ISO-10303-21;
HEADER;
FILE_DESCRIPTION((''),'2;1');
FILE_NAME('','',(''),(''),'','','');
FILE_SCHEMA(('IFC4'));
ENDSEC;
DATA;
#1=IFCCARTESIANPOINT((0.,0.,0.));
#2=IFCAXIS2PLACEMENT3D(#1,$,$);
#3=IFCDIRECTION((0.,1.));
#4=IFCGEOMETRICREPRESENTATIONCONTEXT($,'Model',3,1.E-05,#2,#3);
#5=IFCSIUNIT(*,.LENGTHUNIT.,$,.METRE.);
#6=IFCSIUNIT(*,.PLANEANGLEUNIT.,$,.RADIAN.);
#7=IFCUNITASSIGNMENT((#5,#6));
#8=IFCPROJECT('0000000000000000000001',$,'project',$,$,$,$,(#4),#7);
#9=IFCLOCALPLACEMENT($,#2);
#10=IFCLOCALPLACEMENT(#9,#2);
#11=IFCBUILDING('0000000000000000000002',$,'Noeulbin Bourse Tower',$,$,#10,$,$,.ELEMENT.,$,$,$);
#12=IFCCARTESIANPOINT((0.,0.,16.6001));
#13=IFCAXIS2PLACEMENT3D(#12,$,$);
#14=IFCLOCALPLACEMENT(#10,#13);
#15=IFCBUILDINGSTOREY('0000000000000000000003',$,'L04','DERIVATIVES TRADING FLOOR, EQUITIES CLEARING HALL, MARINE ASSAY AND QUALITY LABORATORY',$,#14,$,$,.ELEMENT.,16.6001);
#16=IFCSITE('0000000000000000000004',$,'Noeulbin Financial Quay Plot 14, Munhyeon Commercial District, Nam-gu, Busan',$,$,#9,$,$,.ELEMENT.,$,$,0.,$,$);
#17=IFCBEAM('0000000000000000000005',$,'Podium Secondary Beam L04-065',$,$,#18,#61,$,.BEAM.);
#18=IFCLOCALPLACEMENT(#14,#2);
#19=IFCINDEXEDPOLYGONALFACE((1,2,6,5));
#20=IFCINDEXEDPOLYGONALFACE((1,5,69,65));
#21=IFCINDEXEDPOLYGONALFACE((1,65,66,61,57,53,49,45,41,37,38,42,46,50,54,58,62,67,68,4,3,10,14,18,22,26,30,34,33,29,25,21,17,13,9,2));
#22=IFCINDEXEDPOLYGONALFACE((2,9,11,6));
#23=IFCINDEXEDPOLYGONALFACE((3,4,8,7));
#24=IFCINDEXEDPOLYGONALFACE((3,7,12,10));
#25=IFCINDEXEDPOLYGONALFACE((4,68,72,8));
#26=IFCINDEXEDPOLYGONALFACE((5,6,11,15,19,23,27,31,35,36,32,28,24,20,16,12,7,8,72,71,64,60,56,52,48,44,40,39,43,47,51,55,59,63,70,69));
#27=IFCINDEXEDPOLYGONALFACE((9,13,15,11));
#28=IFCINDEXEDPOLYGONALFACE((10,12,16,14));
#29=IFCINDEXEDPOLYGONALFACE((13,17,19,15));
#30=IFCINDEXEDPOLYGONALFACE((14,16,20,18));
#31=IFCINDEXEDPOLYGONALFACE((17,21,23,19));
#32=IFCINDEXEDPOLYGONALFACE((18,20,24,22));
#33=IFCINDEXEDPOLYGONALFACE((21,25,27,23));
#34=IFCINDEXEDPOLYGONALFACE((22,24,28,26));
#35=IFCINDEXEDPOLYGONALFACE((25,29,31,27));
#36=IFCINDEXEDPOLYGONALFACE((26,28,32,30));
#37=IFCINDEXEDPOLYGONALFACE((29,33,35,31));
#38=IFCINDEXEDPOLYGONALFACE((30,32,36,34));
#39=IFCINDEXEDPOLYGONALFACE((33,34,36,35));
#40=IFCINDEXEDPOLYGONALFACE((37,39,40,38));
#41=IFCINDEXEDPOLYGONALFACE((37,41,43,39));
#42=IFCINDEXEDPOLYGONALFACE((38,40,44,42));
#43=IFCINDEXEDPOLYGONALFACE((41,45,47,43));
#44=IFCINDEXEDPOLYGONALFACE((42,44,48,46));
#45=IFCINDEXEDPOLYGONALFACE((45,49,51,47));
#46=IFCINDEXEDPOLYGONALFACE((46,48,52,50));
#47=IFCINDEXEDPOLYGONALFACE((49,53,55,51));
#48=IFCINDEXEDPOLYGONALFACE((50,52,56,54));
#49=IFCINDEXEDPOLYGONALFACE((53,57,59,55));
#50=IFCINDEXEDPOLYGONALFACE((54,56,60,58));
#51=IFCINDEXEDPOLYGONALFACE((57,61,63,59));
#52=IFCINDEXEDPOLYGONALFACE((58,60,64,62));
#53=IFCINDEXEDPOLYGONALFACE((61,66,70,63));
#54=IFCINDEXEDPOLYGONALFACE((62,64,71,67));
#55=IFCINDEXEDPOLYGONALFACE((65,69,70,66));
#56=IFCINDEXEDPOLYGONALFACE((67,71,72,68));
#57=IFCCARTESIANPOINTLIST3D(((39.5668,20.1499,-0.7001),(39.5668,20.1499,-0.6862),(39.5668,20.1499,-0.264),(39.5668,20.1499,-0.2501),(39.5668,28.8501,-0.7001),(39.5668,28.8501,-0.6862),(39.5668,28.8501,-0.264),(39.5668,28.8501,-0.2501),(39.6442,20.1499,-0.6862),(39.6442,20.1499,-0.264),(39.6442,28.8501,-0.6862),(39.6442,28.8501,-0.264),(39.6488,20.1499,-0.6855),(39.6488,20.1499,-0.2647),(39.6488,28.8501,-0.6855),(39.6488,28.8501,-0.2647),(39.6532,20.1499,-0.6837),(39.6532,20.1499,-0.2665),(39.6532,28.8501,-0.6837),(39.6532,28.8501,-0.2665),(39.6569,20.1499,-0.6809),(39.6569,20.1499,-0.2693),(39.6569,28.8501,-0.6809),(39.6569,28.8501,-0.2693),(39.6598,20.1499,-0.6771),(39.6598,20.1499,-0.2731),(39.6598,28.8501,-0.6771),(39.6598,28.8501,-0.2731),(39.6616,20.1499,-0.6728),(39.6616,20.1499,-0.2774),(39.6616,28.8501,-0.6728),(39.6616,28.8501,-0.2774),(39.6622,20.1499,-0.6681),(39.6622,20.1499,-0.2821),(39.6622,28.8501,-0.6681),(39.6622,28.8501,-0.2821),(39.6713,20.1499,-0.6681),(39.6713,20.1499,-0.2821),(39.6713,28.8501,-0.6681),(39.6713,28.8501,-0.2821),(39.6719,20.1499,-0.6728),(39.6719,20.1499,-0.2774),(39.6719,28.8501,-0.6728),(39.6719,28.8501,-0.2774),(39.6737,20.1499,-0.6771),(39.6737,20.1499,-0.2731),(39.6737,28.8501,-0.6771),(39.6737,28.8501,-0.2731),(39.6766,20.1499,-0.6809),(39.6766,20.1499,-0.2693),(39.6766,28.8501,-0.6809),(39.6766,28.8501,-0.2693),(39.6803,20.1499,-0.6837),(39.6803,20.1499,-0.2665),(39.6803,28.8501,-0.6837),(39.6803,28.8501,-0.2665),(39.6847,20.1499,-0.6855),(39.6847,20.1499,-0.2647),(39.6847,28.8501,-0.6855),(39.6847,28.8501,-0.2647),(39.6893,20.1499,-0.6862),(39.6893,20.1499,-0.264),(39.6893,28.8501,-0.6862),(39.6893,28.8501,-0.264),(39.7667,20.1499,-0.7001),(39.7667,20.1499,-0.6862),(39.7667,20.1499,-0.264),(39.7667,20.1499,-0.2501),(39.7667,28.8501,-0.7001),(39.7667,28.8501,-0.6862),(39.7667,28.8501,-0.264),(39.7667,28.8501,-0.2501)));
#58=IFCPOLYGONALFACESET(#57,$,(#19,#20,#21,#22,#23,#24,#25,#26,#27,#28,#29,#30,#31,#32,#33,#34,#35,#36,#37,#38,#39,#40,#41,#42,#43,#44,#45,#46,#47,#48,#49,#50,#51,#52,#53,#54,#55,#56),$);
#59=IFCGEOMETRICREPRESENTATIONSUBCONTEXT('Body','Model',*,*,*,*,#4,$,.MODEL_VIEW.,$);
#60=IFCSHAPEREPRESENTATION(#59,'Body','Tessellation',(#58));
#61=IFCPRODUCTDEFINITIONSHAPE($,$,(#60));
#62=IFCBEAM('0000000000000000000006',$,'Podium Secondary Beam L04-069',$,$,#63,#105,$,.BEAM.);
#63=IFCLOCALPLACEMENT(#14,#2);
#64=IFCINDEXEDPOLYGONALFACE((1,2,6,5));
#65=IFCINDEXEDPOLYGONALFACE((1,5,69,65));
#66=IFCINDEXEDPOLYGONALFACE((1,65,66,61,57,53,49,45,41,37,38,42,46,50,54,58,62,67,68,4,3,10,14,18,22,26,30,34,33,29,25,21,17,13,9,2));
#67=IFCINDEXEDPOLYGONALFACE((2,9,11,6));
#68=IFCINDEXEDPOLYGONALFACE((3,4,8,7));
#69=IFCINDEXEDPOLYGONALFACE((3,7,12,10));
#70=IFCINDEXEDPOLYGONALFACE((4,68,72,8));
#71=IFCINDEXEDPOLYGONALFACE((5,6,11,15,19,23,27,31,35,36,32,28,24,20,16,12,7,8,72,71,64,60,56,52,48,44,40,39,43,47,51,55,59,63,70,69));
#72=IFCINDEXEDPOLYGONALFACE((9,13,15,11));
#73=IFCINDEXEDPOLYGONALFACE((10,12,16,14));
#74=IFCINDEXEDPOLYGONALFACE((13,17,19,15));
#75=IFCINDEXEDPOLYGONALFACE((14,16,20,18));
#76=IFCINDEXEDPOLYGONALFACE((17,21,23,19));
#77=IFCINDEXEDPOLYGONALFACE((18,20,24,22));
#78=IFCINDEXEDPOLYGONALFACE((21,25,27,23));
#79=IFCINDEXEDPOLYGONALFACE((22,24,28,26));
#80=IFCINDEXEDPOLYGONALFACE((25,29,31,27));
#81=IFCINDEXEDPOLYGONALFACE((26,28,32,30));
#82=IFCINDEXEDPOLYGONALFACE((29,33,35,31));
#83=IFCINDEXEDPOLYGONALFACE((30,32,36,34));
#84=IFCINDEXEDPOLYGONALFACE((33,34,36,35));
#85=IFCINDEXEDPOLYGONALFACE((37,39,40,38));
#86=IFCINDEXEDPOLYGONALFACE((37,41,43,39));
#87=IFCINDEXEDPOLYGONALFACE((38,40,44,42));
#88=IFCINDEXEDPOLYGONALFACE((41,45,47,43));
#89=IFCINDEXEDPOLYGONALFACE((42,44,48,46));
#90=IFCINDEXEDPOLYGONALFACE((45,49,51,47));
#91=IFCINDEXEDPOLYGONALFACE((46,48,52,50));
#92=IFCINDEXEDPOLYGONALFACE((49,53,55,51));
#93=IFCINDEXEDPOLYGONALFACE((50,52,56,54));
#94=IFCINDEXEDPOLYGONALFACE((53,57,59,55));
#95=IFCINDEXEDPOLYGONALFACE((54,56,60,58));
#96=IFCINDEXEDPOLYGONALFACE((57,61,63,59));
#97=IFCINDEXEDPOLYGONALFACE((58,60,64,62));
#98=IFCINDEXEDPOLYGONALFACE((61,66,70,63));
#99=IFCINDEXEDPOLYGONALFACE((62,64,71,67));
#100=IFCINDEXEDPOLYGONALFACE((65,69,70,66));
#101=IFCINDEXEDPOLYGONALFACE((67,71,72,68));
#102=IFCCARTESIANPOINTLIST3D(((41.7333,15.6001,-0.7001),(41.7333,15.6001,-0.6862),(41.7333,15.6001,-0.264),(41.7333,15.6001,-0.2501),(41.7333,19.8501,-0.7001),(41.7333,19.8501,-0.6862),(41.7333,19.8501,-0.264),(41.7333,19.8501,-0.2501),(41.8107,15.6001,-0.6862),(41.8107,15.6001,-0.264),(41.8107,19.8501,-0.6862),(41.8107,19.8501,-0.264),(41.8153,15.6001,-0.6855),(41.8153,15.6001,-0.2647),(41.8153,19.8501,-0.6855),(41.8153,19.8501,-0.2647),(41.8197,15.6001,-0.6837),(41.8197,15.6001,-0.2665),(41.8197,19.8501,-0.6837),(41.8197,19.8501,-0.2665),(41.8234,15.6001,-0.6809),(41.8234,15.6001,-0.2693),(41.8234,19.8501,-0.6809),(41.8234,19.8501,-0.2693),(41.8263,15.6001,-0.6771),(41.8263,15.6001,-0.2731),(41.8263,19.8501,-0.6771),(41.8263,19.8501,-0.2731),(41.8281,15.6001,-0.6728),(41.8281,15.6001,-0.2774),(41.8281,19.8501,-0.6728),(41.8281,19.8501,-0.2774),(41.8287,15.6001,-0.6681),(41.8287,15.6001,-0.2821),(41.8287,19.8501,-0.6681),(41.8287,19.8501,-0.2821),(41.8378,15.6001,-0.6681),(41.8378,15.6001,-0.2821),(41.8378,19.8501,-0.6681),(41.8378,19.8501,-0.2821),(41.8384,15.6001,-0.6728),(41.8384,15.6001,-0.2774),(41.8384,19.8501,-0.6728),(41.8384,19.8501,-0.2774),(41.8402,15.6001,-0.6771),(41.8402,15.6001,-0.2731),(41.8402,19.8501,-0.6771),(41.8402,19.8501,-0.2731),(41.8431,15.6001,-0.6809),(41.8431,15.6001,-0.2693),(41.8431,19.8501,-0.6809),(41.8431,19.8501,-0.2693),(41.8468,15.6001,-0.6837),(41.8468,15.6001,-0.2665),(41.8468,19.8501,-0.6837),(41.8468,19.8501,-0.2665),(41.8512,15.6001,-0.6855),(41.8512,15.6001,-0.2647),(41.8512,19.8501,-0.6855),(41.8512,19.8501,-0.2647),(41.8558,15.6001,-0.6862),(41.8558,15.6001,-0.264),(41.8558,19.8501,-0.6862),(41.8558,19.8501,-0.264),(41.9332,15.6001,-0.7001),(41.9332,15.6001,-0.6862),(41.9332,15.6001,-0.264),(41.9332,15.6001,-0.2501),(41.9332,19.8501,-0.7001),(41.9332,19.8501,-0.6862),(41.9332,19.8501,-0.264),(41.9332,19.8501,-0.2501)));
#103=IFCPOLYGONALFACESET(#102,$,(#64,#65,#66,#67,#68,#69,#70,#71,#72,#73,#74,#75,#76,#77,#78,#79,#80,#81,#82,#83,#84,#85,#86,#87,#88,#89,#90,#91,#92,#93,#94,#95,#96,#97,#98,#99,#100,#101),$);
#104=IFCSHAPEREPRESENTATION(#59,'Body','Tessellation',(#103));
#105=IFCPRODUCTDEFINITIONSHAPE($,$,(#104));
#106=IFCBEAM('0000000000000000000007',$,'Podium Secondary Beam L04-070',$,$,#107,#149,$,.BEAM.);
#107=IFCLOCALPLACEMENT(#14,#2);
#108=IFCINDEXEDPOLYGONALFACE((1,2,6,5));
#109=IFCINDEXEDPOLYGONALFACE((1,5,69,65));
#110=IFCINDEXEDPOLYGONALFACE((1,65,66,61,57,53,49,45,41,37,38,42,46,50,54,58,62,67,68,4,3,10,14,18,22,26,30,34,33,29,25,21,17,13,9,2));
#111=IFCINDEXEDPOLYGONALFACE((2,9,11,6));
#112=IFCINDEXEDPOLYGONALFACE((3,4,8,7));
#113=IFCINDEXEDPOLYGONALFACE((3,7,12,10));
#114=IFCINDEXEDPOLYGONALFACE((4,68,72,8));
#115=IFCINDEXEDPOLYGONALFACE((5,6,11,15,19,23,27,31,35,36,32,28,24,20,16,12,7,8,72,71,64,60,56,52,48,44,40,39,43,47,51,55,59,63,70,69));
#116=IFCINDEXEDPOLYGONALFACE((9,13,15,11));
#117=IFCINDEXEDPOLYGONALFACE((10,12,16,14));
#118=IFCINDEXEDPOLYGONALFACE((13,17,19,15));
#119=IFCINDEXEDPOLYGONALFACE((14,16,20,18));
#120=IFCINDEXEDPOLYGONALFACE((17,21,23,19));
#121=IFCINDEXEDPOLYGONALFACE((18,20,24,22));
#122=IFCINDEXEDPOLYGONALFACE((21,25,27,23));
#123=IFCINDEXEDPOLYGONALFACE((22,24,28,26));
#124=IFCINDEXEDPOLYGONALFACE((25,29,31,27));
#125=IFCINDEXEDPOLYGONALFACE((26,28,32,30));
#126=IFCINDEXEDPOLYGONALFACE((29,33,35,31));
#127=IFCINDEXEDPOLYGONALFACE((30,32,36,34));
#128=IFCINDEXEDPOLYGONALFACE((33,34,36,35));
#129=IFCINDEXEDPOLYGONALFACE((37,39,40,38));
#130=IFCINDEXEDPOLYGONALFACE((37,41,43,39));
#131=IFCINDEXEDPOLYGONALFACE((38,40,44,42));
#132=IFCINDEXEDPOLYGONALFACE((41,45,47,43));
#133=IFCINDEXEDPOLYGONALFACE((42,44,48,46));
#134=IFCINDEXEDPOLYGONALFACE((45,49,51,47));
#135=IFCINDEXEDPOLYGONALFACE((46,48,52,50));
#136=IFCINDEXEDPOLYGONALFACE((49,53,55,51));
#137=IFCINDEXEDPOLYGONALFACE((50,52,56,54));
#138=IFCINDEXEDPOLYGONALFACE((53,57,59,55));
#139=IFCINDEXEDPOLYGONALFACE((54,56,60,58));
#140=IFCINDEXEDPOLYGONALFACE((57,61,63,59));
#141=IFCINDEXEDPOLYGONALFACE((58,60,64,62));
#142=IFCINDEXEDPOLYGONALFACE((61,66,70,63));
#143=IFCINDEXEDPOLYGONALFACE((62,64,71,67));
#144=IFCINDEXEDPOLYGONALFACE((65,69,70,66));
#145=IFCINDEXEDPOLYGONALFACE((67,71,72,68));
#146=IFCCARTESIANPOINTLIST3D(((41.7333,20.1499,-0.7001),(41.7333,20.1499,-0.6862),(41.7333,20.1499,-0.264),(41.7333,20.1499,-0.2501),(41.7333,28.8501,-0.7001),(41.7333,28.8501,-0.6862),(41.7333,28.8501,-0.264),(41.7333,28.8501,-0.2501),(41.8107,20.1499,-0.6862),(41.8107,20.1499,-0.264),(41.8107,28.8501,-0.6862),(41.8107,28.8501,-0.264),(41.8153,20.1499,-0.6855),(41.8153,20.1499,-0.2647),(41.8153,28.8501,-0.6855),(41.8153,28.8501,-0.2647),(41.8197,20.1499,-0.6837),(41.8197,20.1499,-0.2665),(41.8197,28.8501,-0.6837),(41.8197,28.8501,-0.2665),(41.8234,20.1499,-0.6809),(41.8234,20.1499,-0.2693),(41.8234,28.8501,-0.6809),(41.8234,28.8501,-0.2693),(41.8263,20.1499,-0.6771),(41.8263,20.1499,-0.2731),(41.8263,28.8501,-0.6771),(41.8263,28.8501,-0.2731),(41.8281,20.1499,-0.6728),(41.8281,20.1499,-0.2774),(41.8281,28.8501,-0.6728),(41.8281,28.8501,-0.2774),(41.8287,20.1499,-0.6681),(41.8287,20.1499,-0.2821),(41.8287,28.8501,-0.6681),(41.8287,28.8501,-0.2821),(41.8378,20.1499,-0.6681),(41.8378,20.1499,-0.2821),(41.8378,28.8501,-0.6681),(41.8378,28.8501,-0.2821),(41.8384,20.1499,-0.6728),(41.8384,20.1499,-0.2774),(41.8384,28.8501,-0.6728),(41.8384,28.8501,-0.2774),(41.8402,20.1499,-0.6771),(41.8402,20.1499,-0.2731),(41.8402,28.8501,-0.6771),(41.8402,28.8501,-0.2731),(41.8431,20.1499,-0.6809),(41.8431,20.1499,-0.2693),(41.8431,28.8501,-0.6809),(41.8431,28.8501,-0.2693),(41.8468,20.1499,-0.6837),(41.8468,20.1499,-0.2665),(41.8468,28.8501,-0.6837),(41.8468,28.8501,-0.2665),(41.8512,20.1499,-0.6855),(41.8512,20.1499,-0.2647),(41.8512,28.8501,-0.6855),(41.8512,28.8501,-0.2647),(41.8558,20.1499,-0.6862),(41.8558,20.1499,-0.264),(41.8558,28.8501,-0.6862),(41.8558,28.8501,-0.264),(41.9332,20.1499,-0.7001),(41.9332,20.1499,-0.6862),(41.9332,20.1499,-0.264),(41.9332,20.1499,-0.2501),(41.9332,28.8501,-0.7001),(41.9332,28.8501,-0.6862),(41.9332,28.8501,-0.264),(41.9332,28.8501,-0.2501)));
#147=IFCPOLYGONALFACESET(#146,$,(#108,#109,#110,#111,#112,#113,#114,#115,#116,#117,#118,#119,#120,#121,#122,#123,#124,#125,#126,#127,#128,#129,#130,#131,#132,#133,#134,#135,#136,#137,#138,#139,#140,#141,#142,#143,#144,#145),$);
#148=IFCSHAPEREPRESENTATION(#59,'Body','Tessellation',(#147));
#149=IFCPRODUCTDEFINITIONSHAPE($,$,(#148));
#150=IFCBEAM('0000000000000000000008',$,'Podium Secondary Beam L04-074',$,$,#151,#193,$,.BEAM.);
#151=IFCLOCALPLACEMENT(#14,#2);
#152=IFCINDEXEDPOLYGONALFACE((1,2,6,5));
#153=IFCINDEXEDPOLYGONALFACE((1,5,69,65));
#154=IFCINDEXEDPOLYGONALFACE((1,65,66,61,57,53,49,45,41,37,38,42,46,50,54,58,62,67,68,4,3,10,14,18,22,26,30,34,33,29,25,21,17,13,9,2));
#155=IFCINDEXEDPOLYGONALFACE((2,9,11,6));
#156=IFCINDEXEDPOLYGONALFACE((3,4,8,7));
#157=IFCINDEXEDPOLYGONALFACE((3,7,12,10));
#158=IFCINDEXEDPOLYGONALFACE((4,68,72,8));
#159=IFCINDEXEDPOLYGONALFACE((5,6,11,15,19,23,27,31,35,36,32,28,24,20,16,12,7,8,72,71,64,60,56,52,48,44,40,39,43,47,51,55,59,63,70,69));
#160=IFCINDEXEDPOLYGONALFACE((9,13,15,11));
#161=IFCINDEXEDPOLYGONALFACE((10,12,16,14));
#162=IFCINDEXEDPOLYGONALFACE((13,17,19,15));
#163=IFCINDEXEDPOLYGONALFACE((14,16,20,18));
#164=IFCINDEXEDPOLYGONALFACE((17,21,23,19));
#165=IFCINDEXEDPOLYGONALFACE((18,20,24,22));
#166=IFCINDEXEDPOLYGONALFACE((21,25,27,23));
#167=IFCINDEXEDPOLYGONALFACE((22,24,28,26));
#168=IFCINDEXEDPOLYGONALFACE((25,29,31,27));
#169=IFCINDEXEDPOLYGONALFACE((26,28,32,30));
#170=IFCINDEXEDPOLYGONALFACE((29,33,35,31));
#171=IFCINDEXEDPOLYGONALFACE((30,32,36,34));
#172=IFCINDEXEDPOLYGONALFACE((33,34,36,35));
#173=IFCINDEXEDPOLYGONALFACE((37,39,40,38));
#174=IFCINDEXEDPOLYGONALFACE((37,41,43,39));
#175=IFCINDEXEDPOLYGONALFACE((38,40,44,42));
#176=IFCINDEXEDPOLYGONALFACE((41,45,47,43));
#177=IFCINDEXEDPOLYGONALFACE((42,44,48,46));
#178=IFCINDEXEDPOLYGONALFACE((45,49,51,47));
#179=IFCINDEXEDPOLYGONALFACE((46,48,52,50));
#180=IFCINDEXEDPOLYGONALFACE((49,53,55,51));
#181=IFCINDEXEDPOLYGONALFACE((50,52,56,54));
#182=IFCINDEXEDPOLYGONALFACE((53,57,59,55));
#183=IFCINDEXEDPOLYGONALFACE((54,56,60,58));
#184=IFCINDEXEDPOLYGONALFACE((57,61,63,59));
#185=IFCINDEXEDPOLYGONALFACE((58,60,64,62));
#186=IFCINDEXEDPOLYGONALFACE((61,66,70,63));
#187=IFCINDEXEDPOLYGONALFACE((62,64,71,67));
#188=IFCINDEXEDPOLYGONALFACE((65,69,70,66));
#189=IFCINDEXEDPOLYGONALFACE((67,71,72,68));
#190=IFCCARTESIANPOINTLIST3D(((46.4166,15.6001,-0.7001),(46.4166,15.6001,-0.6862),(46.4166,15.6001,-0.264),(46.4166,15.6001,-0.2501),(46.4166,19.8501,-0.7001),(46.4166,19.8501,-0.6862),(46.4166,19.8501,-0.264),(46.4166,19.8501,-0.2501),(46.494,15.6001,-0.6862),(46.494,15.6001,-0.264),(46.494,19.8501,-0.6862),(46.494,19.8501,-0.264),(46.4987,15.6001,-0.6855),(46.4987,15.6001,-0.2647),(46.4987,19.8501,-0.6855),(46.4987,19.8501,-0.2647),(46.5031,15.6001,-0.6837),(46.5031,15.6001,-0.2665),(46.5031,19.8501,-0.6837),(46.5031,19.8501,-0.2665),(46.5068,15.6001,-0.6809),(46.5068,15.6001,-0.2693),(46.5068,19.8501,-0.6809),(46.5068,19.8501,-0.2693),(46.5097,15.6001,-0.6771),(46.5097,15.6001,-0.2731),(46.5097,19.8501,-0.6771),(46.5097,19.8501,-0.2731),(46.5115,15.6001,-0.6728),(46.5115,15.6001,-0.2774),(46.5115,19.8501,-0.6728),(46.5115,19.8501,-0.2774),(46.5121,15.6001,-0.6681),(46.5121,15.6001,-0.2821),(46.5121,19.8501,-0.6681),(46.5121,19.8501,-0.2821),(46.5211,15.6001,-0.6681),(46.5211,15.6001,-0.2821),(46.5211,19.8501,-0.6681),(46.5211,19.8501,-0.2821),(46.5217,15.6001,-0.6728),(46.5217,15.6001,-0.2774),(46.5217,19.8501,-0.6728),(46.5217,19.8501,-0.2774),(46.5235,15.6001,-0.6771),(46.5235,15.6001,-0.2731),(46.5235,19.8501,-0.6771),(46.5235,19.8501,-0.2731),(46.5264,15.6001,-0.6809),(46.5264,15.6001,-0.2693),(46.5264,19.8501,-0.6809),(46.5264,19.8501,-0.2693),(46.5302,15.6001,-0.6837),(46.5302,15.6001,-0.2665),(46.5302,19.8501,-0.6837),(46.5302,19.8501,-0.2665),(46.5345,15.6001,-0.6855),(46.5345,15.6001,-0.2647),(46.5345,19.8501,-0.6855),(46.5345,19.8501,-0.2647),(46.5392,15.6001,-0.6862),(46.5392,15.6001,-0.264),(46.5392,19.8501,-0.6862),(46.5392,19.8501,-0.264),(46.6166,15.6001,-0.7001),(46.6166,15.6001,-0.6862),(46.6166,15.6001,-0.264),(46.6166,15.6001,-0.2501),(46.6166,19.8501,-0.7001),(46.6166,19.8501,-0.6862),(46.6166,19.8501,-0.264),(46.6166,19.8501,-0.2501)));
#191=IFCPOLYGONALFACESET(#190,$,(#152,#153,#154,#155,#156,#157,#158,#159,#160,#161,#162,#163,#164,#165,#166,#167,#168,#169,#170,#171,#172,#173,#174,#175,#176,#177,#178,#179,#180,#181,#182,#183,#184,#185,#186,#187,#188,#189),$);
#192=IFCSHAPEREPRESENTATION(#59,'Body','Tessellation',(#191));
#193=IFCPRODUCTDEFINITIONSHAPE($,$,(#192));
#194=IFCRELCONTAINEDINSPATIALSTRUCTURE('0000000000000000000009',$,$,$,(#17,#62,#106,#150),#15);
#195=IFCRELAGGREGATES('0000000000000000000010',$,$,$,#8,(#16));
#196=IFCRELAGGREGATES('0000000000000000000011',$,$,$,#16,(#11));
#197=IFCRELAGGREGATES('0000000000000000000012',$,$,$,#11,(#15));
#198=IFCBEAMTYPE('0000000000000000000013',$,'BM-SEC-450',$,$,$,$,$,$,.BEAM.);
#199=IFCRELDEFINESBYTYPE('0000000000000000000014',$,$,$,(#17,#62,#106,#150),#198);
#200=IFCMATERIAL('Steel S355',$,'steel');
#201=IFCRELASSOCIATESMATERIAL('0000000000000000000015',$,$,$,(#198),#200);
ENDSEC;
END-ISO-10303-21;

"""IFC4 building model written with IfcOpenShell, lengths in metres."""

from ifc_helpers import new_model, si_unit, direction, frame, origin, origin_2d, place, context, subcontext, project, spatial, i_section, extrude, material, material_profile, profile_set, type_object, element, save


model = new_model("IFC4")

# Units and contexts
model_context = context("Model", 3, precision=1e-05, world=origin(), true_north=direction((0.0, 1.0)))
body_context = subcontext(model_context, "Body", "Model", "MODEL_VIEW")
ifc_project = project(units=[si_unit("LENGTHUNIT", "METRE"), si_unit("PLANEANGLEUNIT", "RADIAN")], contexts=[model_context])

# Site, building, storey
site_placement = place(None, origin())
site = spatial("IfcSite", under=ifc_project, at=site_placement, Name="Noeulbin Financial Quay Plot 14, Munhyeon Commercial District, Nam-gu, Busan", CompositionType="ELEMENT", RefElevation=0.0)
building_placement = place(site_placement, origin())
building = spatial("IfcBuilding", under=site, at=building_placement, Name="Noeulbin Bourse Tower", CompositionType="ELEMENT")
storey_placement = place(building_placement, frame((0.0, 0.0, 16.6001)))
storey = spatial("IfcBuildingStorey", under=building, at=storey_placement, Name="L04", Description="DERIVATIVES TRADING FLOOR, EQUITIES CLEARING HALL, MARINE ASSAY AND QUALITY LABORATORY", CompositionType="ELEMENT", Elevation=16.6001)

# Beams
ifc_material_1 = material(Name="Steel S355", Category="steel")
ifc_material_profile_1 = material_profile(ifc_material_1, i_section(OverallWidth=0.2, OverallDepth=0.45, WebThickness=0.009, FlangeThickness=0.0139, FilletRadius=0.0181, at=origin_2d()), Name="H-450x200x9x14", Category="LoadBearing")
ifc_profile_set_1 = profile_set([ifc_material_profile_1], Name="Steel S355")
beam_type_1 = type_object("IfcBeamType", Name="BM-SEC-450", PredefinedType="BEAM", material=ifc_profile_set_1)
beam_1_placement = place(storey_placement, frame((39.6667, 20.1499, -0.4751), z_axis=(0.0, 1.0, 0.0), x_axis=(-1.0, 0.0, 0.0)))
element("IfcBeam", 1, at=beam_1_placement, inside=storey, type_object=beam_type_1, Name="Podium Secondary Beam L04-065", PredefinedType="BEAM", context=body_context, shape_type="SweptSolid", body=[
    extrude(i_section(OverallWidth=0.2, OverallDepth=0.45, WebThickness=0.009, FlangeThickness=0.0139, FilletRadius=0.0181, at=origin_2d()), origin(), (0.0, 0.0, 1.0), 8.7002),
])
beam_2_placement = place(storey_placement, frame((41.8333, 15.6001, -0.4751), z_axis=(0.0, 1.0, 0.0), x_axis=(-1.0, 0.0, 0.0)))
element("IfcBeam", 2, at=beam_2_placement, inside=storey, type_object=beam_type_1, Name="Podium Secondary Beam L04-069", PredefinedType="BEAM", context=body_context, shape_type="SweptSolid", body=[
    extrude(i_section(OverallWidth=0.2, OverallDepth=0.45, WebThickness=0.009, FlangeThickness=0.0139, FilletRadius=0.0181, at=origin_2d()), origin(), (0.0, 0.0, 1.0), 4.25),
])
beam_3_placement = place(storey_placement, frame((41.8333, 20.1499, -0.4751), z_axis=(0.0, 1.0, 0.0), x_axis=(-1.0, 0.0, 0.0)))
element("IfcBeam", 3, at=beam_3_placement, inside=storey, type_object=beam_type_1, Name="Podium Secondary Beam L04-070", PredefinedType="BEAM", context=body_context, shape_type="SweptSolid", body=[
    extrude(i_section(OverallWidth=0.2, OverallDepth=0.45, WebThickness=0.009, FlangeThickness=0.0139, FilletRadius=0.0181, at=origin_2d()), origin(), (0.0, 0.0, 1.0), 8.7002),
])
beam_4_placement = place(storey_placement, frame((46.5166, 15.6001, -0.4751), z_axis=(0.0, 1.0, 0.0), x_axis=(-1.0, 0.0, 0.0)))
element("IfcBeam", 4, at=beam_4_placement, inside=storey, type_object=beam_type_1, Name="Podium Secondary Beam L04-074", PredefinedType="BEAM", context=body_context, shape_type="SweptSolid", body=[
    extrude(i_section(OverallWidth=0.2, OverallDepth=0.45, WebThickness=0.009, FlangeThickness=0.0139, FilletRadius=0.0181, at=origin_2d()), origin(), (0.0, 0.0, 1.0), 4.25),
])

save(model, "model.ifc")
